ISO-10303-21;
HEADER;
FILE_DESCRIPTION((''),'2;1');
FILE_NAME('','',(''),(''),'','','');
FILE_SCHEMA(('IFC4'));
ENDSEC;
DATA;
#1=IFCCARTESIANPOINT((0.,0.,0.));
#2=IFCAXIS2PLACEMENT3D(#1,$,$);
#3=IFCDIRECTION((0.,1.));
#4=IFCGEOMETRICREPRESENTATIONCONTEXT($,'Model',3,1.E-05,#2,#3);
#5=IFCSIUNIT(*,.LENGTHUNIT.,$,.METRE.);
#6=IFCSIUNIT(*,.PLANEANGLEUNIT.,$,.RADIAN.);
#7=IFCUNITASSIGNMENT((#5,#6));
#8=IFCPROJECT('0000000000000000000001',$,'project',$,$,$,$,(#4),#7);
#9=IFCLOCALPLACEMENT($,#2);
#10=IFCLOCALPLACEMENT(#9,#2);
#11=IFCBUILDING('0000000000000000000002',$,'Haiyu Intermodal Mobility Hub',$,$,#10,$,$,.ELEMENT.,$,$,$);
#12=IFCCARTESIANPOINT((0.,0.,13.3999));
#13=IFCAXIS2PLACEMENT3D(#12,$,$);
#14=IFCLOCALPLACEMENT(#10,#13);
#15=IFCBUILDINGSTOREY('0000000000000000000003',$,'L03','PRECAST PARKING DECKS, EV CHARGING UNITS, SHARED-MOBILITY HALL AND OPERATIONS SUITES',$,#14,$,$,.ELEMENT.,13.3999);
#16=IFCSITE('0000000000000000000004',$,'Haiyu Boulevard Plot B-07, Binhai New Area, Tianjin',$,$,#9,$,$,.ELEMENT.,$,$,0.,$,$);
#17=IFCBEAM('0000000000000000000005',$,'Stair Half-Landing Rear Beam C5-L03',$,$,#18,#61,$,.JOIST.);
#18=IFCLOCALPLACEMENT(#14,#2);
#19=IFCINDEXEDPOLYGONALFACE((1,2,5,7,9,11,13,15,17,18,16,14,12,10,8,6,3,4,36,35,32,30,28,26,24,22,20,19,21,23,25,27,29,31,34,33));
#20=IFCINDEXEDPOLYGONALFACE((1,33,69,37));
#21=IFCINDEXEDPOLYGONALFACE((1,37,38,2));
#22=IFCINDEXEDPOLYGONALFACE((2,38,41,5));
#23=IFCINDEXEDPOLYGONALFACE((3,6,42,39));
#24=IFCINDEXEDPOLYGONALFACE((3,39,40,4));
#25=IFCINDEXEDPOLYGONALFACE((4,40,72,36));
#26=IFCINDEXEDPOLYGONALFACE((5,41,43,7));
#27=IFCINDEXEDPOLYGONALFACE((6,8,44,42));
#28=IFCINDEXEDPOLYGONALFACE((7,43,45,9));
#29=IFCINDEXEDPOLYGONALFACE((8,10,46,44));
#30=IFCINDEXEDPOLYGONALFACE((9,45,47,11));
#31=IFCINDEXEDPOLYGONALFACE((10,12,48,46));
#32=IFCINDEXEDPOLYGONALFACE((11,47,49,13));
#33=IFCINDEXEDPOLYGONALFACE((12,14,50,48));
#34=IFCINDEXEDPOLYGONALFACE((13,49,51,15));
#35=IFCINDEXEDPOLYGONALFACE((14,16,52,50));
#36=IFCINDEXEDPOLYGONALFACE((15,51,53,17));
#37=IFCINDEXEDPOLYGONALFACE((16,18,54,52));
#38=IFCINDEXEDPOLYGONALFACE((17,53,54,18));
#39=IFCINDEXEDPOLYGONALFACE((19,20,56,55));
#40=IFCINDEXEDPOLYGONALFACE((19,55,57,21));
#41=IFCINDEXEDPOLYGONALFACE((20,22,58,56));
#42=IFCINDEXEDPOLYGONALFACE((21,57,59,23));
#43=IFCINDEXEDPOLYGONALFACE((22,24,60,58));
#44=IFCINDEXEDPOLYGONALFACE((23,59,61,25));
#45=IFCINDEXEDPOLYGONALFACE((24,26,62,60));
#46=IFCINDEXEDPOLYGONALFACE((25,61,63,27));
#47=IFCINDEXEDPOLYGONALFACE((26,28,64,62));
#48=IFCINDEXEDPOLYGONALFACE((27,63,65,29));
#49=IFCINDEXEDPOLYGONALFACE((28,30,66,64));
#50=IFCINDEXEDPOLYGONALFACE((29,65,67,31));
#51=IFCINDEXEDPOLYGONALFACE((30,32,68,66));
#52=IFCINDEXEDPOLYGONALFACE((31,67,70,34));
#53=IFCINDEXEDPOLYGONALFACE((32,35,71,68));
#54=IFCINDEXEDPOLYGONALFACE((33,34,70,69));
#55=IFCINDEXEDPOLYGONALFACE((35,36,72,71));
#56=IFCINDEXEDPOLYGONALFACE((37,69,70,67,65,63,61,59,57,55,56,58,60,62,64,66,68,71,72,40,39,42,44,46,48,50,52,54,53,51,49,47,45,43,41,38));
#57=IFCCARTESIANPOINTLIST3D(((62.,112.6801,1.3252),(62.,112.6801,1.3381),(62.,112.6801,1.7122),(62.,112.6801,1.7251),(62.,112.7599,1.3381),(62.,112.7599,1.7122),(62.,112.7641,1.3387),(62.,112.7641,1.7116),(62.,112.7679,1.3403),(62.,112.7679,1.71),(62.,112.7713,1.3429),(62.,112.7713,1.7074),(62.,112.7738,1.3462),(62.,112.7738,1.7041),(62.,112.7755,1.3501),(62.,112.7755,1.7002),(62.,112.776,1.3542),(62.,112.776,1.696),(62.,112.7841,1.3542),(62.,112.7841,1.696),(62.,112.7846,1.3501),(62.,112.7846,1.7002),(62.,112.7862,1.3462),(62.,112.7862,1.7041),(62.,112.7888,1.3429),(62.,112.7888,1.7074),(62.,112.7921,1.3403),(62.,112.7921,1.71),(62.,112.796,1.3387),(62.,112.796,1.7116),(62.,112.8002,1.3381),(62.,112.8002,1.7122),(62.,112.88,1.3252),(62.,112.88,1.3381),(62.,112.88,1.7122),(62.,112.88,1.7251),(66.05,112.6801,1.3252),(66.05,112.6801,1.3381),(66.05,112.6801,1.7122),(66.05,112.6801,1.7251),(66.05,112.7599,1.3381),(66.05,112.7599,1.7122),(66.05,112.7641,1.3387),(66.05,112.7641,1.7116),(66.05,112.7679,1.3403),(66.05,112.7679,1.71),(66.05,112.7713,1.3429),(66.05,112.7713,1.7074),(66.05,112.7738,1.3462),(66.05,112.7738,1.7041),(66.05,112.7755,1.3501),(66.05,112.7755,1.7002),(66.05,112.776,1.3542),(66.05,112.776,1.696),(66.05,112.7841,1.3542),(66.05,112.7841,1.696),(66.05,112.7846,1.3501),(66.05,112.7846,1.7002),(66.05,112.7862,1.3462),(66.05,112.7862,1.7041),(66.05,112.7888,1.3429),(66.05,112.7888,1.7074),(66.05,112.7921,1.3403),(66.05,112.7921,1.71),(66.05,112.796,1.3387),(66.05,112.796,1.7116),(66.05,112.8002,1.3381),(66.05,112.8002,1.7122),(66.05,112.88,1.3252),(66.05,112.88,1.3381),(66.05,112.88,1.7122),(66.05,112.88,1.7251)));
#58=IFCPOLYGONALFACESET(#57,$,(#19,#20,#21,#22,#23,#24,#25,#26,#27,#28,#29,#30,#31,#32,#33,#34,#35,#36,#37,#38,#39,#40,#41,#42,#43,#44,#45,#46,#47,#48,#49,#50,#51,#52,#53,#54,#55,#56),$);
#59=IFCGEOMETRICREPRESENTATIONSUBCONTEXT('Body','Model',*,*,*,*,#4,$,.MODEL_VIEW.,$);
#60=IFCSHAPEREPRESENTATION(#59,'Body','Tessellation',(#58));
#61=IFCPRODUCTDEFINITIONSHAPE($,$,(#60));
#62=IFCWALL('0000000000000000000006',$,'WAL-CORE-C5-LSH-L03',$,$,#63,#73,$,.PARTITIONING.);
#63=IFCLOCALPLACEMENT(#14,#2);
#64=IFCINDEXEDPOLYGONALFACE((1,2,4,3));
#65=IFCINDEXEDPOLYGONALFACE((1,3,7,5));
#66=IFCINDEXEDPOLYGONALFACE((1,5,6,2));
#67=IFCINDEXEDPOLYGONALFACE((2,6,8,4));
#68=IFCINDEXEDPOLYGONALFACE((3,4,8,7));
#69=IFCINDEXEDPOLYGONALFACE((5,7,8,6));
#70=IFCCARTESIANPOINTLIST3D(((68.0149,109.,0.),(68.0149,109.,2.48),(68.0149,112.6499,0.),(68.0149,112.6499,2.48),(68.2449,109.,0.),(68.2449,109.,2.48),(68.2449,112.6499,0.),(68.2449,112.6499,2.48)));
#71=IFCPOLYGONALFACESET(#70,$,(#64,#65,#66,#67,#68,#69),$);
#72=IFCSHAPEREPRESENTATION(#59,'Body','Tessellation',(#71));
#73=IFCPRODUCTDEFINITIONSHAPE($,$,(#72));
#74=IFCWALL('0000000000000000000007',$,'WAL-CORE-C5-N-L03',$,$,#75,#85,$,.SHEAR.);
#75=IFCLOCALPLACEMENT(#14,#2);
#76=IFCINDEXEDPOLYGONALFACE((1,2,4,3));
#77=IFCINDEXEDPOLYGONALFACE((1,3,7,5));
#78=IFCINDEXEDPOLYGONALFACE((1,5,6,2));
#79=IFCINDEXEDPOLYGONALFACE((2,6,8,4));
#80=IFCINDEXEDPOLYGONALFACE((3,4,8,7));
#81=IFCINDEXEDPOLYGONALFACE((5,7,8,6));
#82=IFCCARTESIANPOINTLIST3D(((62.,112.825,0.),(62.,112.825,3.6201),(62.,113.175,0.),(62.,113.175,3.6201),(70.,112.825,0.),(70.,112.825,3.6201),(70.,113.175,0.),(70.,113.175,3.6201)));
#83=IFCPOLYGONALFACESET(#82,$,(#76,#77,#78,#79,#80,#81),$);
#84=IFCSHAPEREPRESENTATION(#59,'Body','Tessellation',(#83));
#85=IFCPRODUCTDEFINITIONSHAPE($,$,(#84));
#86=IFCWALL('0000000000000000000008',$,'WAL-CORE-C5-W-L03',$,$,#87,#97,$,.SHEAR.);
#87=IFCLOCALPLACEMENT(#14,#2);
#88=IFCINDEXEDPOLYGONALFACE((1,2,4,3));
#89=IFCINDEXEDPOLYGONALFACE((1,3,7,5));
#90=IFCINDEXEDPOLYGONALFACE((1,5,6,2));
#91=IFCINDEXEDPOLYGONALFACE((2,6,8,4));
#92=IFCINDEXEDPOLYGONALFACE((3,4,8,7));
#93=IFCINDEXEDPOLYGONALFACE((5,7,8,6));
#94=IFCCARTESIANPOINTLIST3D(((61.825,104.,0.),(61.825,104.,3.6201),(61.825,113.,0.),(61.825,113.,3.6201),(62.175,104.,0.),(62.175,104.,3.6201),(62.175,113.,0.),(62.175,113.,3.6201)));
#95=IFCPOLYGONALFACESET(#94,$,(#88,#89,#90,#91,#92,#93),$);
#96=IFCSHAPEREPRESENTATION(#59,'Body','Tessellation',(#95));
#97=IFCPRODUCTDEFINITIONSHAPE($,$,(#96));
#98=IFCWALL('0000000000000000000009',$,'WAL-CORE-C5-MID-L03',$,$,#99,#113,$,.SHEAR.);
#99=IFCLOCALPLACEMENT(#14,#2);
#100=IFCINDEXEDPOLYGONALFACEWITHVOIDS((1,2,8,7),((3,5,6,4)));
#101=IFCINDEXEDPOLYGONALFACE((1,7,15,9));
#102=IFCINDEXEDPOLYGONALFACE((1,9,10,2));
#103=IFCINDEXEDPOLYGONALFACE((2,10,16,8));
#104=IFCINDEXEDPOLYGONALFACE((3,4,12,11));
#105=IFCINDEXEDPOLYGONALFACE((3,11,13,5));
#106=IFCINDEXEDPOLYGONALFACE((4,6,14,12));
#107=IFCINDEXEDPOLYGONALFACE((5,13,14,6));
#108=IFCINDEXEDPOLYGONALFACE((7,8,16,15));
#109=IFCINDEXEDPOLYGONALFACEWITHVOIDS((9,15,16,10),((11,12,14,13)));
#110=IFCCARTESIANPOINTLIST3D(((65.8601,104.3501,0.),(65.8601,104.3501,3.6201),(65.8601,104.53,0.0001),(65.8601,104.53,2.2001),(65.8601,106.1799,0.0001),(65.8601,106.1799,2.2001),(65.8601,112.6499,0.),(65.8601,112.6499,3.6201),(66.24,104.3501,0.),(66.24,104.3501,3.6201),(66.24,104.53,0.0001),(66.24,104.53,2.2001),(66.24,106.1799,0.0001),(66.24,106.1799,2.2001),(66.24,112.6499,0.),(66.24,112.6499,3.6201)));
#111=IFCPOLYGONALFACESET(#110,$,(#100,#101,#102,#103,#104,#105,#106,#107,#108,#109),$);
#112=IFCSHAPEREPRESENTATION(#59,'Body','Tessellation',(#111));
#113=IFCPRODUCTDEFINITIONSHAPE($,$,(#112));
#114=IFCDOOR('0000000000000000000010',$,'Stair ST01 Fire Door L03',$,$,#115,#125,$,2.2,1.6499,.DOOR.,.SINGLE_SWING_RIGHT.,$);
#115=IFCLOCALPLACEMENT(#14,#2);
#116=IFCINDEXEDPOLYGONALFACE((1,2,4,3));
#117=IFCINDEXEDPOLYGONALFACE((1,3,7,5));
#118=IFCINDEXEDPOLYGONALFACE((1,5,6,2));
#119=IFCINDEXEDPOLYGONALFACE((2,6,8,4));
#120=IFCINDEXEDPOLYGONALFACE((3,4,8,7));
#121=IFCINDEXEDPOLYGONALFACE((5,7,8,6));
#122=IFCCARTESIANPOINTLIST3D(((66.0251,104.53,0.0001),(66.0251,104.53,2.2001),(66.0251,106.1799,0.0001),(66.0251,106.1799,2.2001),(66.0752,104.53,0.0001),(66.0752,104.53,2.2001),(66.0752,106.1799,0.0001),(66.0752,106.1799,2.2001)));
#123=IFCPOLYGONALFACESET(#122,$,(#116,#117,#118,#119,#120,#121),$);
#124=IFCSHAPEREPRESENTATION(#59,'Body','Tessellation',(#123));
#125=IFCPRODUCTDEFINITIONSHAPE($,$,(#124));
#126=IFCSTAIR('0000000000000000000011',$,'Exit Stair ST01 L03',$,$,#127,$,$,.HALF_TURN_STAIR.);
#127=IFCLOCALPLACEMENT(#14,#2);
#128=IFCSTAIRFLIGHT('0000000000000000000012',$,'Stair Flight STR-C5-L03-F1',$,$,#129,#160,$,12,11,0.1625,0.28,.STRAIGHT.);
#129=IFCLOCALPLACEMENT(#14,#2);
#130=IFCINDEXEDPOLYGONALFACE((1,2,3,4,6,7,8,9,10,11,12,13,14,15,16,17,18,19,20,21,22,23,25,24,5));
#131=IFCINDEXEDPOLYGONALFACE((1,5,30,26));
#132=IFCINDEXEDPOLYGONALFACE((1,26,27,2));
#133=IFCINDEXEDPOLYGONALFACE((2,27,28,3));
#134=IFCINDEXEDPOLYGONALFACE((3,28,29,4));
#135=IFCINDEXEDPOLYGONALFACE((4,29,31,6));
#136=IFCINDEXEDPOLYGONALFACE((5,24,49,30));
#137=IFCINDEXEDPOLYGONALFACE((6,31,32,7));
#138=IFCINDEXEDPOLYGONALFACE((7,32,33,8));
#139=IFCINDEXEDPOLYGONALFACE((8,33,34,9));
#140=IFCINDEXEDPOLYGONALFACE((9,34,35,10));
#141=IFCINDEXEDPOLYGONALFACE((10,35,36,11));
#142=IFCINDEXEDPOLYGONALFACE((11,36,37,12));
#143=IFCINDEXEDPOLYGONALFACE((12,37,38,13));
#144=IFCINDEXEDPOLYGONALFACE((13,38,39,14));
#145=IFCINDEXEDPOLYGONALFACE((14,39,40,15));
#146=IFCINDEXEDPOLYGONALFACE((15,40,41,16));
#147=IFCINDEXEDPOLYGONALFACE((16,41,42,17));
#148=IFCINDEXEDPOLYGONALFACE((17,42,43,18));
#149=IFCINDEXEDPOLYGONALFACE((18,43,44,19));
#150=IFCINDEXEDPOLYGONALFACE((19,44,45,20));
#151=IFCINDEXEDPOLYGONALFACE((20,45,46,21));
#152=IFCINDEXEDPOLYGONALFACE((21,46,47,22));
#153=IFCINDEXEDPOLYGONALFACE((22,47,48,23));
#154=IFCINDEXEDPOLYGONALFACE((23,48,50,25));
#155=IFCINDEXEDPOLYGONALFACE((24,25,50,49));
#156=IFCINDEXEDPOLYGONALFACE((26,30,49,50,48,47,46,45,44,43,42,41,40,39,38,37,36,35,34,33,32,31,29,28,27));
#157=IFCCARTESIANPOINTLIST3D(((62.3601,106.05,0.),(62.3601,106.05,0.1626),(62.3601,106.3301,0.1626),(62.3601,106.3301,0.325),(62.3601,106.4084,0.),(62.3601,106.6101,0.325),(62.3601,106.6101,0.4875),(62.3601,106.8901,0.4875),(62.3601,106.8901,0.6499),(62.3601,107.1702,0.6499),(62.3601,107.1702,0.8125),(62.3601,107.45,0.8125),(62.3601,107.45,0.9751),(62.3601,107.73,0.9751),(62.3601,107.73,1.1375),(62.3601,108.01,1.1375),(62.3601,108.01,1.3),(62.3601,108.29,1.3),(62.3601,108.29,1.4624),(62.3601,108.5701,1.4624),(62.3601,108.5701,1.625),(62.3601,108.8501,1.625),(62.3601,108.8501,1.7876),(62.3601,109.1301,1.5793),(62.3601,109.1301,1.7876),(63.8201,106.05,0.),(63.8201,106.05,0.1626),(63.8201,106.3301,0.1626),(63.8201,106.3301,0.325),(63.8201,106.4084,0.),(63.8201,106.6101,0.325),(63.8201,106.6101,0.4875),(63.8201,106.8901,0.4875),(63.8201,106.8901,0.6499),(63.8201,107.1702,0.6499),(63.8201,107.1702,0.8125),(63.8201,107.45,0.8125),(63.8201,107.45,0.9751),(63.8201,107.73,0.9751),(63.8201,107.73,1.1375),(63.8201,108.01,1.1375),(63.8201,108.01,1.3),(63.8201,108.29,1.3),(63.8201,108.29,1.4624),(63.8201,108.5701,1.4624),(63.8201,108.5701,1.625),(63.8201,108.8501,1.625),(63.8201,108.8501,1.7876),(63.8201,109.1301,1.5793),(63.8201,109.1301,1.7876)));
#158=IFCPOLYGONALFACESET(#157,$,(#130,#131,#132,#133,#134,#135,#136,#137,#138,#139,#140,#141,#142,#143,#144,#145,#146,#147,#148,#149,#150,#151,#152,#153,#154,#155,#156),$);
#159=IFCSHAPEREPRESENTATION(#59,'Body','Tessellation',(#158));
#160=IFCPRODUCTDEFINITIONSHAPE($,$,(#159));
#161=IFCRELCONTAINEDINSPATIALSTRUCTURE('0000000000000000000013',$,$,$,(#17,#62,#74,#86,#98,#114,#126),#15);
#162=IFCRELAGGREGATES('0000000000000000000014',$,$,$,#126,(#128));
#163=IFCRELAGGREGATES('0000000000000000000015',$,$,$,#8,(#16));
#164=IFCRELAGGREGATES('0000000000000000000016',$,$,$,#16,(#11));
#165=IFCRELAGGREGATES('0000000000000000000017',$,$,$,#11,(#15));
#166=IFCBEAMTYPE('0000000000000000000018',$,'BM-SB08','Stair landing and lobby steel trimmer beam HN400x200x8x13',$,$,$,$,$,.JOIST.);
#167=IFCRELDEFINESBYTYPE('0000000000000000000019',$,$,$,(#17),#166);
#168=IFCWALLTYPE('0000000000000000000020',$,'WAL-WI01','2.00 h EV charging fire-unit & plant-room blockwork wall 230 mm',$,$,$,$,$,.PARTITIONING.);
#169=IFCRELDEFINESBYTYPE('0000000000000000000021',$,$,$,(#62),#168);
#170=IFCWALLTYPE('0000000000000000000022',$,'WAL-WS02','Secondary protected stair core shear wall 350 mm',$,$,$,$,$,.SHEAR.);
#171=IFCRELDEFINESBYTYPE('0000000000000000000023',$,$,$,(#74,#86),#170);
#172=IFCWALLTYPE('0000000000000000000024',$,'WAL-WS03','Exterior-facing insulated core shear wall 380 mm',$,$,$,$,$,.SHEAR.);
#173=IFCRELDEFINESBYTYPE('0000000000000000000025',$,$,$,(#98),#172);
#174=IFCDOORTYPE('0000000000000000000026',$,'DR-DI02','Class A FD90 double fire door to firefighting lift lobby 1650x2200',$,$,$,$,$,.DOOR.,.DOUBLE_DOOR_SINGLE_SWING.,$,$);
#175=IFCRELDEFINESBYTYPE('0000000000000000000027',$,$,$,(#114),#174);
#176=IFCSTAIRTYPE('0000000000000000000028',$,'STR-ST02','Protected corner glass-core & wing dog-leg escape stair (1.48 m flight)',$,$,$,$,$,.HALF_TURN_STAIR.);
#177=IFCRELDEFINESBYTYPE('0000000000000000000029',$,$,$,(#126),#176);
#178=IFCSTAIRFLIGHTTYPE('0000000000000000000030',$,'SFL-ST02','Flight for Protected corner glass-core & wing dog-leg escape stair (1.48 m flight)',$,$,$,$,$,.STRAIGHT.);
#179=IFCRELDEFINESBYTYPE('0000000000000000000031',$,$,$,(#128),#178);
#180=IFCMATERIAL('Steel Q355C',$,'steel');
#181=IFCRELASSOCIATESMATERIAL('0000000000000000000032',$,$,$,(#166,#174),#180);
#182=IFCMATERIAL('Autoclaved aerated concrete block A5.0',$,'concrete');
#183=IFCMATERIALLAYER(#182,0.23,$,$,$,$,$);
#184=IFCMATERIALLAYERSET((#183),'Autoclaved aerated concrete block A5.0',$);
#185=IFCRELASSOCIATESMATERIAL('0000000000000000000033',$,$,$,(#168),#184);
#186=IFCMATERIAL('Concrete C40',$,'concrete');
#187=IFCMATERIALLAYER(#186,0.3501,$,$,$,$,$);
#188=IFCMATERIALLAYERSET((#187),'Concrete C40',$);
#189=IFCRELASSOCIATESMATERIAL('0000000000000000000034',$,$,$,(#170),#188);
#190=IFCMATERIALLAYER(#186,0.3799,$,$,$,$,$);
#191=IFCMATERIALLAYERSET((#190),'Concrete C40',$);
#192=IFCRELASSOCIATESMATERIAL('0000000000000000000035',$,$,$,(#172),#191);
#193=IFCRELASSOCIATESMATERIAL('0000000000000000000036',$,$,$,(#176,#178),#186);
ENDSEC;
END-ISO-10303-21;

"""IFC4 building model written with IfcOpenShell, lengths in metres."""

from ifc_helpers import new_model, si_unit, direction, frame, frame_2d, origin, origin_2d, place, context, subcontext, project, spatial, polyline, rectangle, i_section, outline, extrude, material, layer, layer_set, material_profile, profile_set, type_object, element, fill, aggregate, save


model = new_model("IFC4")

# Units and contexts
model_context = context("Model", 3, precision=1e-05, world=origin(), true_north=direction((0.0, 1.0)))
body_context = subcontext(model_context, "Body", "Model", "MODEL_VIEW")
ifc_project = project(units=[si_unit("LENGTHUNIT", "METRE"), si_unit("PLANEANGLEUNIT", "RADIAN")], contexts=[model_context])

# Site, building, storey
site_placement = place(None, origin())
site = spatial("IfcSite", under=ifc_project, at=site_placement, Name="Haiyu Boulevard Plot B-07, Binhai New Area, Tianjin", CompositionType="ELEMENT", RefElevation=0.0)
building_placement = place(site_placement, origin())
building = spatial("IfcBuilding", under=site, at=building_placement, Name="Haiyu Intermodal Mobility Hub", CompositionType="ELEMENT")
storey_placement = place(building_placement, frame((0.0, 0.0, 13.3999)))
storey = spatial("IfcBuildingStorey", under=building, at=storey_placement, Name="L03", Description="PRECAST PARKING DECKS, EV CHARGING UNITS, SHARED-MOBILITY HALL AND OPERATIONS SUITES", CompositionType="ELEMENT", Elevation=13.3999)

# Beam
ifc_material_1 = material(Name="Concrete C40", Category="concrete")
ifc_material_2 = material(Name="Steel Q355C", Category="steel")
ifc_material_profile_1 = material_profile(ifc_material_2, i_section(OverallWidth=0.2, OverallDepth=0.3999, WebThickness=0.0081, FlangeThickness=0.0129, FilletRadius=0.0161, at=origin_2d()), Name="HN400x200x8x13")
ifc_profile_set_1 = profile_set([ifc_material_profile_1], Name="Steel Q355C")
beam_type_1 = type_object("IfcBeamType", Name="BM-SB08", Description="Stair landing and lobby steel trimmer beam HN400x200x8x13", PredefinedType="JOIST", material=ifc_profile_set_1)
for number, where, z_axis, x_axis, name in (
    (1, (62.0, 112.78, 1.5251), (1.0, 0.0, 0.0), (0.0, 1.0, 0.0), "Stair Half-Landing Rear Beam C5-L03"),
):
    element("IfcBeam", number, at=place(storey_placement, frame(where, z_axis=z_axis, x_axis=x_axis)), inside=storey, type_object=beam_type_1, Name=name, PredefinedType="JOIST", context=body_context, shape_type="SweptSolid", body=[
        extrude(i_section(OverallWidth=0.2, OverallDepth=0.3999, WebThickness=0.0081, FlangeThickness=0.0129, FilletRadius=0.0161, at=origin_2d()), origin(), (0.0, 0.0, 1.0), 4.05),
    ])

# Wall
ifc_material_3 = material(Name="Autoclaved aerated concrete block A5.0", Category="concrete")
ifc_layer_1 = layer(ifc_material_3, 0.23)
ifc_layer_set_1 = layer_set([ifc_layer_1], Name="Autoclaved aerated concrete block A5.0")
wall_type_1 = type_object("IfcWallType", Name="WAL-WI01", Description="2.00 h EV charging fire-unit & plant-room blockwork wall 230 mm", PredefinedType="PARTITIONING", material=ifc_layer_set_1)
wall_1_placement = place(storey_placement, frame((68.1299, 109.0, 0.0), z_axis=(0.0, 0.0, 1.0), x_axis=(0.0, 1.0, 0.0)))
element("IfcWall", 2, at=wall_1_placement, inside=storey, type_object=wall_type_1, Name="WAL-CORE-C5-LSH-L03", PredefinedType="PARTITIONING", context=body_context, shape_type="SweptSolid", body=[
    extrude(rectangle(XDim=3.6499, YDim=0.23, at=frame_2d((1.825, 0.0))), origin(), (0.0, 0.0, 1.0), 2.48),
])

# Walls
ifc_layer_2 = layer(ifc_material_1, 0.3501)
ifc_layer_set_2 = layer_set([ifc_layer_2], Name="Concrete C40")
wall_type_2 = type_object("IfcWallType", Name="WAL-WS02", Description="Secondary protected stair core shear wall 350 mm", PredefinedType="SHEAR", material=ifc_layer_set_2)
wall_2_placement = place(storey_placement, frame((70.0, 113.0, 0.0), z_axis=(0.0, 0.0, 1.0), x_axis=(-1.0, 0.0, 0.0)))
element("IfcWall", 3, at=wall_2_placement, inside=storey, type_object=wall_type_2, Name="WAL-CORE-C5-N-L03", PredefinedType="SHEAR", context=body_context, shape_type="SweptSolid", body=[
    extrude(rectangle(XDim=8.0, YDim=0.3501, at=frame_2d((4.0, 0.0))), origin(), (0.0, 0.0, 1.0), 3.6201),
])
wall_3_placement = place(storey_placement, frame((62.0, 113.0, 0.0), z_axis=(0.0, 0.0, 1.0), x_axis=(0.0, -1.0, 0.0)))
element("IfcWall", 4, at=wall_3_placement, inside=storey, type_object=wall_type_2, Name="WAL-CORE-C5-W-L03", PredefinedType="SHEAR", context=body_context, shape_type="SweptSolid", body=[
    extrude(rectangle(XDim=9.0, YDim=0.3501, at=frame_2d((4.5, 0.0))), origin(), (0.0, 0.0, 1.0), 3.6201),
])

# Wall, opening, door
ifc_layer_3 = layer(ifc_material_1, 0.3799)
ifc_layer_set_3 = layer_set([ifc_layer_3], Name="Concrete C40")
wall_type_3 = type_object("IfcWallType", Name="WAL-WS03", Description="Exterior-facing insulated core shear wall 380 mm", PredefinedType="SHEAR", material=ifc_layer_set_3)
wall_4_placement = place(storey_placement, frame((66.05, 104.3501, 0.0), z_axis=(0.0, 0.0, 1.0), x_axis=(0.0, 1.0, 0.0)))
wall_4 = element("IfcWall", 5, at=wall_4_placement, inside=storey, type_object=wall_type_3, Name="WAL-CORE-C5-MID-L03", PredefinedType="SHEAR", context=body_context, shape_type="SweptSolid", body=[
    extrude(rectangle(XDim=8.2998, YDim=0.3799, at=frame_2d((4.1499, 0.0))), origin(), (0.0, 0.0, 1.0), 3.6201),
])
opening_1_placement = place(wall_4_placement, frame((0.1799, 0.0, 0.0)))
opening_1 = element("IfcOpeningElement", 6, at=opening_1_placement, cuts=wall_4, PredefinedType="OPENING", context=body_context, shape_type="SweptSolid", body=[
    extrude(rectangle(XDim=1.6499, YDim=2.2, at=frame_2d((0.825, 1.1001))), frame((0.0, 0.2, 0.0), z_axis=(0.0, -1.0, 0.0), x_axis=(1.0, 0.0, 0.0)), (0.0, 0.0, 1.0), 0.3999),
])
door_type_1 = type_object("IfcDoorType", Name="DR-DI02", Description="Class A FD90 double fire door to firefighting lift lobby 1650x2200", OperationType="DOUBLE_DOOR_SINGLE_SWING", PredefinedType="DOOR", material=ifc_material_2)
door_1_placement = place(opening_1_placement, origin())
door_1 = element("IfcDoor", 7, at=door_1_placement, inside=storey, type_object=door_type_1, Name="Stair ST01 Fire Door L03", OperationType="SINGLE_SWING_RIGHT", OverallHeight=2.2, OverallWidth=1.6499, PredefinedType="DOOR", context=body_context, shape_type="SweptSolid", body=[
    extrude(rectangle(XDim=1.6499, YDim=2.2, at=frame_2d((0.825, 1.1001))), frame((0.0, 0.0249, 0.0), z_axis=(0.0, -1.0, 0.0), x_axis=(1.0, 0.0, 0.0)), (0.0, 0.0, 1.0), 0.05),
])
fill(opening_1, door_1)

# Stair, stair flight
stair_type = type_object("IfcStairType", Name="STR-ST02", Description="Protected corner glass-core & wing dog-leg escape stair (1.48 m flight)", PredefinedType="HALF_TURN_STAIR", material=ifc_material_1)
stair_placement = place(storey_placement, origin())
stair = element("IfcStair", 8, at=stair_placement, inside=storey, type_object=stair_type, Name="Exit Stair ST01 L03", PredefinedType="HALF_TURN_STAIR")
stair_flight_type = type_object("IfcStairFlightType", Name="SFL-ST02", Description="Flight for Protected corner glass-core & wing dog-leg escape stair (1.48 m flight)", PredefinedType="STRAIGHT", material=ifc_material_1)
stair_flight_1_placement = place(storey_placement, frame((63.0901, 106.05, 0.0), z_axis=(0.0, 0.0, 1.0), x_axis=(0.0, 1.0, 0.0)))
stair_flight_1 = element("IfcStairFlight", 9, at=stair_flight_1_placement, type_object=stair_flight_type, Name="Stair Flight STR-C5-L03-F1", NumberOfRisers=12, NumberOfTreads=11, PredefinedType="STRAIGHT", RiserHeight=0.1625, TreadLength=0.28, context=body_context, shape_type="SweptSolid", body=[
    extrude(outline(polyline([(0.0, 0.0), (0.0, 0.1626), (0.28, 0.1626), (0.28, 0.325), (0.5601, 0.325), (0.5601, 0.4875), (0.8401, 0.4875), (0.8401, 0.6499), (1.1201, 0.6499), (1.1201, 0.8125), (1.3999, 0.8125), (1.3999, 0.9751), (1.6799, 0.9751), (1.6799, 1.1375), (1.96, 1.1375), (1.96, 1.3), (2.24, 1.3), (2.24, 1.4624), (2.52, 1.4624), (2.52, 1.625), (2.8, 1.625), (2.8, 1.7876), (3.0801, 1.7876), (3.0801, 1.95), (3.0801, 1.5793), (0.3584, 0.0), (0.0, 0.0)])), frame((0.0, 0.73, 0.0), z_axis=(0.0, -1.0, 0.0), x_axis=(1.0, 0.0, 0.0)), (0.0, 0.0, 1.0), 1.46),
])
aggregate(stair, [stair_flight_1])

save(model, "model.ifc")
